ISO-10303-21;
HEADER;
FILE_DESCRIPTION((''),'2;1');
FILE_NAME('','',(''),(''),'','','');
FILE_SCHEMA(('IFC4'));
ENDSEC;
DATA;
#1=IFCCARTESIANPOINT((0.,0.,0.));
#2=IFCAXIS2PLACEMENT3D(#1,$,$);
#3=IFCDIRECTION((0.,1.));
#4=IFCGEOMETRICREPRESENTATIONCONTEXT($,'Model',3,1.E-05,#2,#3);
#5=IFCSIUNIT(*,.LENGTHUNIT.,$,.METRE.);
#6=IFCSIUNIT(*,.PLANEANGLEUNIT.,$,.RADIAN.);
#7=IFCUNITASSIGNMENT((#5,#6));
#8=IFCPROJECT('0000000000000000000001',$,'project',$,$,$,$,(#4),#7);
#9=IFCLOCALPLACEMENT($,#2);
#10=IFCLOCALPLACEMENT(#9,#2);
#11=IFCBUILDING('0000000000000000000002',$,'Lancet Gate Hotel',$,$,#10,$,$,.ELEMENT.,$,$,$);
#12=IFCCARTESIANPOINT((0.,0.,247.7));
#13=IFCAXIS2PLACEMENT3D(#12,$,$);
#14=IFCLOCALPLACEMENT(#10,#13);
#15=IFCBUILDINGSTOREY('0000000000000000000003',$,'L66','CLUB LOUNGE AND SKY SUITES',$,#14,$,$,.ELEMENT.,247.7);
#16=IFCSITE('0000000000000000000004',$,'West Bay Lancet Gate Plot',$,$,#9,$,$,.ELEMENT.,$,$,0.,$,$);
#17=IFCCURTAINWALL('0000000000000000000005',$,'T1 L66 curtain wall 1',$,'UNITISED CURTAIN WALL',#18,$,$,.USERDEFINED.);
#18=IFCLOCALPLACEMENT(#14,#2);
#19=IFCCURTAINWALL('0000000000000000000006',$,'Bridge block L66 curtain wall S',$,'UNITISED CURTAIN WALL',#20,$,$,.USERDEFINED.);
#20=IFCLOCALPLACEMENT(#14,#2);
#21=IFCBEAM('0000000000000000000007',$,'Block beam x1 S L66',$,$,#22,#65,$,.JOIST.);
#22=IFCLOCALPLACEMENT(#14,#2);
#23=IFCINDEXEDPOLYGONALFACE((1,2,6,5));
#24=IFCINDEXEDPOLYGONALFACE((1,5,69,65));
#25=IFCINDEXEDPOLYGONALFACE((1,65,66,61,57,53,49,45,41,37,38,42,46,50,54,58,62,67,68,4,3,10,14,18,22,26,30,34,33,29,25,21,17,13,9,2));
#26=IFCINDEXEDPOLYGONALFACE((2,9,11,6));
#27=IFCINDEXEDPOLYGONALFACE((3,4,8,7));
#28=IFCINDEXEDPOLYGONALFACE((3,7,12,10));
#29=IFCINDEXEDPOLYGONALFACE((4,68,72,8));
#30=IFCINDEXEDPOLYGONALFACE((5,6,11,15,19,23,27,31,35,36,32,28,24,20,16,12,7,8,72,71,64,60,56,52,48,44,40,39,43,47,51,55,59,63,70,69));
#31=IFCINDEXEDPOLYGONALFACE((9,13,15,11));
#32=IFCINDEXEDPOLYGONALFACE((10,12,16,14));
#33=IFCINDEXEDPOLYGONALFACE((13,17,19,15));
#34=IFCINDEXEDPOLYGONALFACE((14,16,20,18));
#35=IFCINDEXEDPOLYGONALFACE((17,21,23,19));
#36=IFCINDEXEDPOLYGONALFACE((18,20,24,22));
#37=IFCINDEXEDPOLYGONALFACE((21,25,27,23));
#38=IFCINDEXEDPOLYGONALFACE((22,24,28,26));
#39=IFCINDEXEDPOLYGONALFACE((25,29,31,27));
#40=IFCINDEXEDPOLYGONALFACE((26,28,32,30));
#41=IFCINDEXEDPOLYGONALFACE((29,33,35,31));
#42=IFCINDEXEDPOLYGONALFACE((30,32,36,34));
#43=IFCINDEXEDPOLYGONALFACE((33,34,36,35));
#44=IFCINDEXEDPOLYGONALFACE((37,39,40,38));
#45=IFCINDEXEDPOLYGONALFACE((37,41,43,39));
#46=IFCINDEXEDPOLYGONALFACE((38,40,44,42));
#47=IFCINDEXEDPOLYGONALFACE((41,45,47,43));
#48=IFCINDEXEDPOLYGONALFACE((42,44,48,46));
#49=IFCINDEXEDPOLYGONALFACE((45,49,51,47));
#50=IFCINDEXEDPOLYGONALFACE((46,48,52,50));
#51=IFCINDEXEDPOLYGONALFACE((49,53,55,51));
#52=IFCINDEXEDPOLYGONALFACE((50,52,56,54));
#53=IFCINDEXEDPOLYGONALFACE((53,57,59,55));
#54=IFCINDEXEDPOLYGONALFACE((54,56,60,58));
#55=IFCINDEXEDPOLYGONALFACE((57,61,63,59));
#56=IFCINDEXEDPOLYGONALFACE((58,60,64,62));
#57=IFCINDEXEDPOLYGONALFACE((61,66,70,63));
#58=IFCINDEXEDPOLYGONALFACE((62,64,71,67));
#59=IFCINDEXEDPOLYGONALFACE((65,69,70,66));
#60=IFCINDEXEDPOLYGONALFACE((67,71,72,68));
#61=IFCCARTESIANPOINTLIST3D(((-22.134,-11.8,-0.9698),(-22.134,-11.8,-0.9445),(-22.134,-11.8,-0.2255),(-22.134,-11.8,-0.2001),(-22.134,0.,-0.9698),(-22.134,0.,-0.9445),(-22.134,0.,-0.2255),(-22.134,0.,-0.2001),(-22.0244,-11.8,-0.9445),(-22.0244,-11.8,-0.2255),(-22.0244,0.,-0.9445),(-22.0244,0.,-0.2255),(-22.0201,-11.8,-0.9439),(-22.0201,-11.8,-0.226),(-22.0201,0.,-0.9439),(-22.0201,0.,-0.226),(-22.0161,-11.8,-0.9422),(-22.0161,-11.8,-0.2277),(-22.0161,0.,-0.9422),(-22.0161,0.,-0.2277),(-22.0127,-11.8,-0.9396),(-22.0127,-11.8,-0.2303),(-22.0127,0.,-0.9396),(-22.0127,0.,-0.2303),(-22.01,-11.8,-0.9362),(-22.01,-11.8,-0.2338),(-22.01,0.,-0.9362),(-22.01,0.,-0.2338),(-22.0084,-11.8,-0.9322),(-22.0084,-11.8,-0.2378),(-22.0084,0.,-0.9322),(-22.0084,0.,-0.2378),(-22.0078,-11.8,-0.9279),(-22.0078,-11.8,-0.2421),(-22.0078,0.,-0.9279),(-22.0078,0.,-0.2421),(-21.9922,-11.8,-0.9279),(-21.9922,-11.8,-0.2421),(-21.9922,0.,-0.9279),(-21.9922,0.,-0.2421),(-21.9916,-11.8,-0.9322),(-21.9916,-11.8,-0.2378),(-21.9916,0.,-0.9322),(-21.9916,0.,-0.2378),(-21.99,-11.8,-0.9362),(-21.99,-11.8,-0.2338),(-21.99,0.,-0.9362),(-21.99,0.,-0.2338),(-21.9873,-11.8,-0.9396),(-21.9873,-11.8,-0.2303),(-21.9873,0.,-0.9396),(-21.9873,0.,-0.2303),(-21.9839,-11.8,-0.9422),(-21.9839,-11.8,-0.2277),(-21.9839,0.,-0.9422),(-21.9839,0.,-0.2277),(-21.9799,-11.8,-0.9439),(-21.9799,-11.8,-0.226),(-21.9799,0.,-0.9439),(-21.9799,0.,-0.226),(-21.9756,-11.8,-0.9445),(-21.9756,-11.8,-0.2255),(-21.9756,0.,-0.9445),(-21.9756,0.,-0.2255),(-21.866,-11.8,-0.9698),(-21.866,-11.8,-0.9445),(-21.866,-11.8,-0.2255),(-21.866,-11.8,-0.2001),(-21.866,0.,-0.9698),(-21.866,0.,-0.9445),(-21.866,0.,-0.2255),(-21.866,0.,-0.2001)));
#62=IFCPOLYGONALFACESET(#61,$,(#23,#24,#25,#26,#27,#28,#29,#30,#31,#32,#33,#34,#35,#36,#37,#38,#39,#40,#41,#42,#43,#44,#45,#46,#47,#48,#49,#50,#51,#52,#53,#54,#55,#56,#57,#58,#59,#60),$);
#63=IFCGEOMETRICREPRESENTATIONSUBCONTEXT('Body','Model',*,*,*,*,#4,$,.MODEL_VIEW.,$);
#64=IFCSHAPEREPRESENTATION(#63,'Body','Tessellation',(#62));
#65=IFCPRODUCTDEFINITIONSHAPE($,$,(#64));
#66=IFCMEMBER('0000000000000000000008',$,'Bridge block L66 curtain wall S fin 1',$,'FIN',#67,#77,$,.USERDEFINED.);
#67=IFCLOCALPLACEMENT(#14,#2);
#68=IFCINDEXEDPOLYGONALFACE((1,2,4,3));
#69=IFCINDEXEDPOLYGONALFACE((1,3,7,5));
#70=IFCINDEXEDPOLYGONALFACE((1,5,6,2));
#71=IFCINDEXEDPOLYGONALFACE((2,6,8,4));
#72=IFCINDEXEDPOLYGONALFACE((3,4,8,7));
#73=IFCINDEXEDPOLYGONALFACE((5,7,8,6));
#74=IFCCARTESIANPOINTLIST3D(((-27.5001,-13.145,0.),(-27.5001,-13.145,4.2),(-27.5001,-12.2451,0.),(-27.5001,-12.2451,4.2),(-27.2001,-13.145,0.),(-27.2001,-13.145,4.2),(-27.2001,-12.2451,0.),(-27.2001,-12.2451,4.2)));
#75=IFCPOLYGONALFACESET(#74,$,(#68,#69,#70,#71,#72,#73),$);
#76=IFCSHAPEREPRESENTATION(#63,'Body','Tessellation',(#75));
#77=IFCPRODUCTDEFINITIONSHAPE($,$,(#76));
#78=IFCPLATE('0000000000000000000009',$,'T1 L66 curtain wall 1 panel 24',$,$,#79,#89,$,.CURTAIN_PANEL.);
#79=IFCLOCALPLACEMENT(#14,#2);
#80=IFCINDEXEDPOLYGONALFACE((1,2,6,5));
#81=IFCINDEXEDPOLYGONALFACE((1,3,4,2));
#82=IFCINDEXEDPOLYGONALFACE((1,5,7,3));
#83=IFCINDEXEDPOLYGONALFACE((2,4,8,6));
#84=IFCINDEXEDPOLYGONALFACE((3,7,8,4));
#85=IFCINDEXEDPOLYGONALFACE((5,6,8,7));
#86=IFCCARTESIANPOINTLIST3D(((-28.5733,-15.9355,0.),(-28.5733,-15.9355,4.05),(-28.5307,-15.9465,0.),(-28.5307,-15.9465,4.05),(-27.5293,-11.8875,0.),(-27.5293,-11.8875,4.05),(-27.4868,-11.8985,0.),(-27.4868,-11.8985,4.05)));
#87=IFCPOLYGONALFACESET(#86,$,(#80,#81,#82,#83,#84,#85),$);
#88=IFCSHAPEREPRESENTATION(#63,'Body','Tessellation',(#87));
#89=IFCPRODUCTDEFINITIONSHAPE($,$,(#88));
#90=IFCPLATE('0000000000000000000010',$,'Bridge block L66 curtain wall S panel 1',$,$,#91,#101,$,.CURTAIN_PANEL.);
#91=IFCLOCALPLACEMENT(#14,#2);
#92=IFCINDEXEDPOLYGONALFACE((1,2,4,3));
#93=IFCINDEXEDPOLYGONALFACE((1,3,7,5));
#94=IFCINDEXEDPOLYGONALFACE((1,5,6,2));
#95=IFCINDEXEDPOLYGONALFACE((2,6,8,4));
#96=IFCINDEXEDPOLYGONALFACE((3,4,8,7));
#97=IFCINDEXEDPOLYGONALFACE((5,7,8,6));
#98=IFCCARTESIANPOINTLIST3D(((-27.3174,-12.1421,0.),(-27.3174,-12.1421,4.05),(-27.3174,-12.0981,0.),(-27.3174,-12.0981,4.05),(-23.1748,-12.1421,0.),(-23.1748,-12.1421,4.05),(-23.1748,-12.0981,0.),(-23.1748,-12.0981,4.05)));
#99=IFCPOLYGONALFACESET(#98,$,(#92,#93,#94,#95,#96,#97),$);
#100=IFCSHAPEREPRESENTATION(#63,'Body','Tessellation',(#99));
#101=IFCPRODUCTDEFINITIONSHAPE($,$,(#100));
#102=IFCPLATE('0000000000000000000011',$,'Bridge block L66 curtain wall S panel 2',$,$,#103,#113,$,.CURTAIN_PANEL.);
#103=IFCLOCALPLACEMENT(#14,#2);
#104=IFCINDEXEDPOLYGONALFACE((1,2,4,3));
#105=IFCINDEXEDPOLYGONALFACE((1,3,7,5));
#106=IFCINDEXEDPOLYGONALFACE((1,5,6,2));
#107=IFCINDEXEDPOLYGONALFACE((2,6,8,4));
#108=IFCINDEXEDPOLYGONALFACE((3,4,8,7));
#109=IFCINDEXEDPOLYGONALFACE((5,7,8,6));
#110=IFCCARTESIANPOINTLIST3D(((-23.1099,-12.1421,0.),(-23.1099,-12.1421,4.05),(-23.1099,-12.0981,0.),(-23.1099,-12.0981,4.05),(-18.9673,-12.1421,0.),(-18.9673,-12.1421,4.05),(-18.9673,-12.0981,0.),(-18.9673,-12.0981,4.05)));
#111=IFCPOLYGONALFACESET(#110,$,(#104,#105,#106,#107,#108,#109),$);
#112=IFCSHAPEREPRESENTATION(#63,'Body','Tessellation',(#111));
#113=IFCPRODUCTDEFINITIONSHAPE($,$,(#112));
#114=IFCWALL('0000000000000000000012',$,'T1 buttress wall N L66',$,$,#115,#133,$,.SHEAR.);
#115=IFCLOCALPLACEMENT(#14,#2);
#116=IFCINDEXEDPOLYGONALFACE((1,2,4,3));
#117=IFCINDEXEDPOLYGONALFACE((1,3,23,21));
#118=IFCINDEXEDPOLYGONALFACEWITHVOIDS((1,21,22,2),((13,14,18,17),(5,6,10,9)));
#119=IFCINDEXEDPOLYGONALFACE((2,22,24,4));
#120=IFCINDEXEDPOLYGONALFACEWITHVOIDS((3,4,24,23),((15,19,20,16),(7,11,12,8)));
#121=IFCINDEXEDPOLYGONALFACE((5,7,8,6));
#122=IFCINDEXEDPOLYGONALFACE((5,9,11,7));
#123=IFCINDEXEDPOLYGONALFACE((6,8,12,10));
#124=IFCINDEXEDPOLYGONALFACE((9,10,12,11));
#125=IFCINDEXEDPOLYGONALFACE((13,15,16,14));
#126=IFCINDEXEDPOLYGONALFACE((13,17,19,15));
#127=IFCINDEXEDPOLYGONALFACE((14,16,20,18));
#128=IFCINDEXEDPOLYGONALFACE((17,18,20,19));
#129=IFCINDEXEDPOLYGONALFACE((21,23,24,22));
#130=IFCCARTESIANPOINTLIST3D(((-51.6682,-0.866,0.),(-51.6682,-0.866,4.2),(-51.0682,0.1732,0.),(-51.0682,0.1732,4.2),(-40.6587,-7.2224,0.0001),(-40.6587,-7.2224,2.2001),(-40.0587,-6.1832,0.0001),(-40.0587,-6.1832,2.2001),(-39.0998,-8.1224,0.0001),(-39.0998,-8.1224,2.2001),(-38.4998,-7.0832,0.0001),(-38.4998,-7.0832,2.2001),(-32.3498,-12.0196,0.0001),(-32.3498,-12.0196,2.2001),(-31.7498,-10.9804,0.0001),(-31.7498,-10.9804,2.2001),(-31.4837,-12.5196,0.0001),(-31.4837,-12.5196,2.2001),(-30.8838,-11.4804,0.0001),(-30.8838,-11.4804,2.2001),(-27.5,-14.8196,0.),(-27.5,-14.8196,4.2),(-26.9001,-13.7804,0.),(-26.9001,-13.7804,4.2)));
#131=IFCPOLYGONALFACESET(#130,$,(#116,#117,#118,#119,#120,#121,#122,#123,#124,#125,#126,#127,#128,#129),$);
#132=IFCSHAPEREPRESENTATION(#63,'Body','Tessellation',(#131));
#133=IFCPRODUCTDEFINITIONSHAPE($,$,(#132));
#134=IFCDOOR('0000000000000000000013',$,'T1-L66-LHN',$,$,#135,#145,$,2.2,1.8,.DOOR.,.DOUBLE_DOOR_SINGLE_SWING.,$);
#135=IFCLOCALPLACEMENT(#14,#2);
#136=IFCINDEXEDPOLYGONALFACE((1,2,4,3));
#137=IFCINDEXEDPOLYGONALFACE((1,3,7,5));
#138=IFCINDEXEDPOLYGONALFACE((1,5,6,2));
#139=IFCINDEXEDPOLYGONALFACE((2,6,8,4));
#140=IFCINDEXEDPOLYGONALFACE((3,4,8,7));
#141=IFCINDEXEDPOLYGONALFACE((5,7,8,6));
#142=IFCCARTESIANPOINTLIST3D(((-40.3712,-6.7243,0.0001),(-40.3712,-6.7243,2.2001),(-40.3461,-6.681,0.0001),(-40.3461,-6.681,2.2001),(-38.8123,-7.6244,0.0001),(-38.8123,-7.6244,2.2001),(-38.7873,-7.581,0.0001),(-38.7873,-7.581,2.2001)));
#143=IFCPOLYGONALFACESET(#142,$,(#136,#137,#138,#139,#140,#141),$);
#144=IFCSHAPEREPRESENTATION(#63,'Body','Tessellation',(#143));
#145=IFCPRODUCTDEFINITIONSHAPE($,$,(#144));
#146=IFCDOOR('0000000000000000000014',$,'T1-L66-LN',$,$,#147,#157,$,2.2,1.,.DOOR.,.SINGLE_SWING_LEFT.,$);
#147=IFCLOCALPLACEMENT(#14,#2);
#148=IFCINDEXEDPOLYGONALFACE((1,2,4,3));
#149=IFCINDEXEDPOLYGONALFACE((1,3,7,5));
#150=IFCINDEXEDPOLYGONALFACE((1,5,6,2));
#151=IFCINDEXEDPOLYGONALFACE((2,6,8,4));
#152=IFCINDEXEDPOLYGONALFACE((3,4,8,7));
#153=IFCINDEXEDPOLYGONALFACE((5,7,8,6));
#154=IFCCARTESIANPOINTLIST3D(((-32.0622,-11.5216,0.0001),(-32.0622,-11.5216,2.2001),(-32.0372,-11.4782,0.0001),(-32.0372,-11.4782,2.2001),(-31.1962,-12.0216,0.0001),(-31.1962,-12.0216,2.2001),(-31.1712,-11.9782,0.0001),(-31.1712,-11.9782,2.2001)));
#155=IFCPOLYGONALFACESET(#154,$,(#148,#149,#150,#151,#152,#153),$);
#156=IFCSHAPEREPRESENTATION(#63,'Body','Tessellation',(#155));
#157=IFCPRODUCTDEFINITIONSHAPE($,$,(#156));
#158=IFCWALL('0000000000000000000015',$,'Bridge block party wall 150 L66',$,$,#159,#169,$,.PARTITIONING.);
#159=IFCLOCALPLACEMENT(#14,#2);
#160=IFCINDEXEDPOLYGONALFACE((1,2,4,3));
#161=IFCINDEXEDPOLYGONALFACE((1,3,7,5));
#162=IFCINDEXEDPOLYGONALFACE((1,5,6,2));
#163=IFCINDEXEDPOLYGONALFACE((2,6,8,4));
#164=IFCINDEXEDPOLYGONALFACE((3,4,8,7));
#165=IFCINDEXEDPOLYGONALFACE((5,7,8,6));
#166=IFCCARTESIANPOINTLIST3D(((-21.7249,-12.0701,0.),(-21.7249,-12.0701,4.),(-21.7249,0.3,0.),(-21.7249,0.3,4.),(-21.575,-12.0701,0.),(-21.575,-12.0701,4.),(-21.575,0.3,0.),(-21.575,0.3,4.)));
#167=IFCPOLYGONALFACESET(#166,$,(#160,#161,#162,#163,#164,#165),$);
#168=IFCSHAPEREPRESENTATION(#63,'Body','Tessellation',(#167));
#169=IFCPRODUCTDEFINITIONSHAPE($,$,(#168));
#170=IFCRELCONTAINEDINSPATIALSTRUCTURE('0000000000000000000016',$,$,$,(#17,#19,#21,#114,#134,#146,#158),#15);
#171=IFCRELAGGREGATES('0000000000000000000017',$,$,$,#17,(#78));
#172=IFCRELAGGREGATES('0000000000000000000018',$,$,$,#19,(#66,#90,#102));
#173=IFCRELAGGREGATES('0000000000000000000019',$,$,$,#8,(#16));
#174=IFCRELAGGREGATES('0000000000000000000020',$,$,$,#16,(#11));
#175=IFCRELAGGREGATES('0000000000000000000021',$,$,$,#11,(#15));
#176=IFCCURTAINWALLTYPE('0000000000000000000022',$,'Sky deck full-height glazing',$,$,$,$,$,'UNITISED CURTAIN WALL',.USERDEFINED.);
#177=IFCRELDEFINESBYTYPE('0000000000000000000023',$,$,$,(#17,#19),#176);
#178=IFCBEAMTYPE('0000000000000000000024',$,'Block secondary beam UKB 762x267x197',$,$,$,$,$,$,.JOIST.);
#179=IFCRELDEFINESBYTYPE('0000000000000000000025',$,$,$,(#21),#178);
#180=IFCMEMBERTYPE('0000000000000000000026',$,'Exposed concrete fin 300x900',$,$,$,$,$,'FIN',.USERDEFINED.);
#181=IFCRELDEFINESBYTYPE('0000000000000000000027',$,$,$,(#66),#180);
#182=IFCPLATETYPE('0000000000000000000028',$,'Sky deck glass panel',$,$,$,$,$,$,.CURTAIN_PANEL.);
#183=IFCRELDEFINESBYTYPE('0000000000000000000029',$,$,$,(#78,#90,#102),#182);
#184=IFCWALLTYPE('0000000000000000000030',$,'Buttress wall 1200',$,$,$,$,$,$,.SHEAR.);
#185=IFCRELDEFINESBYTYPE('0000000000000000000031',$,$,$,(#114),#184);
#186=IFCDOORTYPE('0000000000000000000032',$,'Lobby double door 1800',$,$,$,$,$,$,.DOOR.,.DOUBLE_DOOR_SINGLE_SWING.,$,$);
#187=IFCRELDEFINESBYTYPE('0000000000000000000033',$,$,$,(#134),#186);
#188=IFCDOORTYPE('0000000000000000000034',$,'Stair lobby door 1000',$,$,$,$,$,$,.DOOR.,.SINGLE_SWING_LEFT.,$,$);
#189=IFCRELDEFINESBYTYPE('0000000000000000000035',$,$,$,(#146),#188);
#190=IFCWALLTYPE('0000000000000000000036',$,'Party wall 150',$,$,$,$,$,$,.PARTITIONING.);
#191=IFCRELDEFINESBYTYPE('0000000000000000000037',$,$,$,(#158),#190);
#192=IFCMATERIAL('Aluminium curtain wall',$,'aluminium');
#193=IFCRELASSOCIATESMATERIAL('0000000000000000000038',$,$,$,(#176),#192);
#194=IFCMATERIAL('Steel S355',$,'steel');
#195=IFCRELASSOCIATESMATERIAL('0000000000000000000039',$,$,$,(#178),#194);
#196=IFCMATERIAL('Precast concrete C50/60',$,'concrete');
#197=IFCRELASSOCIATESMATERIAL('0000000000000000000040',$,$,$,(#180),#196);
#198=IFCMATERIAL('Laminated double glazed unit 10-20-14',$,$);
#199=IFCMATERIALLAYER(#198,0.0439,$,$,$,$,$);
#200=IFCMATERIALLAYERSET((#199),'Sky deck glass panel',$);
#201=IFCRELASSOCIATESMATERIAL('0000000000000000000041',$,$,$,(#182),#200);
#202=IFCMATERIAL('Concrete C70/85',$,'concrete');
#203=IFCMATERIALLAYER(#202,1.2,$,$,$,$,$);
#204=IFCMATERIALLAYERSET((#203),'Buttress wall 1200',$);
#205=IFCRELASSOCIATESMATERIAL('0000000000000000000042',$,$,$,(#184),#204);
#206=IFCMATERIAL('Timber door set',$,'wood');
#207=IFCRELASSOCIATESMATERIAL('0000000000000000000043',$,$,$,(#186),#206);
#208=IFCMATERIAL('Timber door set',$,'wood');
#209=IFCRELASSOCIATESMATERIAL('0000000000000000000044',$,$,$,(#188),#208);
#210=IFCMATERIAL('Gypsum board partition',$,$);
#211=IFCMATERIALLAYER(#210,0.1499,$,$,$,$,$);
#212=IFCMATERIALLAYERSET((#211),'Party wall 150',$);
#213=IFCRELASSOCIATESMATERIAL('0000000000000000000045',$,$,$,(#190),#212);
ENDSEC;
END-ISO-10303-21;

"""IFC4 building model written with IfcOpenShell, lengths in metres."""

from ifc_helpers import new_model, si_unit, direction, frame, frame_2d, origin, origin_2d, place, context, subcontext, project, spatial, rectangle, i_section, extrude, material, layer, layer_set, material_profile, profile_set, type_object, element, fill, aggregate, save


model = new_model("IFC4")

# Units and contexts
model_context = context("Model", 3, precision=1e-05, world=origin(), true_north=direction((0.0, 1.0)))
body_context = subcontext(model_context, "Body", "Model", "MODEL_VIEW")
ifc_project = project(units=[si_unit("LENGTHUNIT", "METRE"), si_unit("PLANEANGLEUNIT", "RADIAN")], contexts=[model_context])

# Site, building, storey
site_placement = place(None, origin())
site = spatial("IfcSite", under=ifc_project, at=site_placement, Name="West Bay Lancet Gate Plot", CompositionType="ELEMENT", RefElevation=0.0)
building_placement = place(site_placement, origin())
building = spatial("IfcBuilding", under=site, at=building_placement, Name="Lancet Gate Hotel", CompositionType="ELEMENT")
storey_placement = place(building_placement, frame((0.0, 0.0, 247.7)))
storey = spatial("IfcBuildingStorey", under=building, at=storey_placement, Name="L66", Description="CLUB LOUNGE AND SKY SUITES", CompositionType="ELEMENT", Elevation=247.7)

# Curtain wall
ifc_material_1 = material(Name="Aluminium curtain wall", Category="aluminium")
curtain_wall_type = type_object("IfcCurtainWallType", Name="Sky deck full-height glazing", ElementType="UNITISED CURTAIN WALL", PredefinedType="USERDEFINED", material=ifc_material_1)
curtain_wall_1_placement = place(storey_placement, origin())
curtain_wall_1 = element("IfcCurtainWall", 1, at=curtain_wall_1_placement, inside=storey, type_object=curtain_wall_type, Name="T1 L66 curtain wall 1", ObjectType="UNITISED CURTAIN WALL", PredefinedType="USERDEFINED")

# Curtain wall
curtain_wall_2_placement = place(storey_placement, origin())
curtain_wall_2 = element("IfcCurtainWall", 2, at=curtain_wall_2_placement, inside=storey, type_object=curtain_wall_type, Name="Bridge block L66 curtain wall S", ObjectType="UNITISED CURTAIN WALL", PredefinedType="USERDEFINED")

# Beam
ifc_material_2 = material(Name="Steel S355", Category="steel")
ifc_material_profile_1 = material_profile(ifc_material_2, i_section(OverallWidth=0.2681, OverallDepth=0.7698, WebThickness=0.0156, FlangeThickness=0.0254, FilletRadius=0.0166, at=origin_2d()), Name="UKB 762x267x197")
ifc_profile_set_1 = profile_set([ifc_material_profile_1], Name="Steel S355")
beam_type_1 = type_object("IfcBeamType", Name="Block secondary beam UKB 762x267x197", PredefinedType="JOIST", material=ifc_profile_set_1)
beam_1_placement = place(storey_placement, frame((-22.0, -11.8, -0.585), z_axis=(0.0, 1.0, 0.0), x_axis=(-1.0, 0.0, 0.0)))
element("IfcBeam", 3, at=beam_1_placement, inside=storey, type_object=beam_type_1, Name="Block beam x1 S L66", PredefinedType="JOIST", context=body_context, shape_type="SweptSolid", body=[
    extrude(i_section(OverallWidth=0.2681, OverallDepth=0.7698, WebThickness=0.0156, FlangeThickness=0.0254, FilletRadius=0.0166, at=origin_2d()), origin(), (0.0, 0.0, 1.0), 11.8),
])

# Member
ifc_material_3 = material(Name="Precast concrete C50/60", Category="concrete")
ifc_material_profile_2 = material_profile(ifc_material_3, rectangle(XDim=0.3, YDim=0.8999, at=origin_2d()), Name="FIN 300x900")
ifc_profile_set_2 = profile_set([ifc_material_profile_2], Name="Precast concrete C50/60")
member_type_1 = type_object("IfcMemberType", Name="Exposed concrete fin 300x900", ElementType="FIN", PredefinedType="USERDEFINED", material=ifc_profile_set_2)
member_1_placement = place(storey_placement, frame((-27.3501, -12.6951, 0.0), z_axis=(0.0, 0.0, 1.0), x_axis=(1.0, 0.0, 0.0)))
member_1 = element("IfcMember", 4, at=member_1_placement, type_object=member_type_1, Name="Bridge block L66 curtain wall S fin 1", ObjectType="FIN", PredefinedType="USERDEFINED", context=body_context, shape_type="SweptSolid", body=[
    extrude(rectangle(XDim=0.3, YDim=0.8999, at=origin_2d()), origin(), (0.0, 0.0, 1.0), 4.2),
])

# Plates
ifc_material_4 = material(Name="Laminated double glazed unit 10-20-14")
ifc_layer_1 = layer(ifc_material_4, 0.0439)
ifc_layer_set_1 = layer_set([ifc_layer_1], Name="Sky deck glass panel")
plate_type = type_object("IfcPlateType", Name="Sky deck glass panel", PredefinedType="CURTAIN_PANEL", material=ifc_layer_set_1)
plate_1_placement = place(storey_placement, frame((-28.03, -13.917, 0.0), z_axis=(0.0, 0.0, 1.0), x_axis=(0.249726, 0.968317, 0.0)))
plate_1 = element("IfcPlate", 5, at=plate_1_placement, type_object=plate_type, Name="T1 L66 curtain wall 1 panel 24", PredefinedType="CURTAIN_PANEL", context=body_context, shape_type="SweptSolid", body=[
    extrude(rectangle(XDim=4.1804, YDim=0.0439, at=origin_2d()), origin(), (0.0, 0.0, 1.0), 4.05),
])
aggregate(curtain_wall_1, [plate_1])
plate_2_placement = place(storey_placement, frame((-25.2461, -12.1201, 0.0), z_axis=(0.0, 0.0, 1.0), x_axis=(1.0, 0.0, 0.0)))
plate_2 = element("IfcPlate", 6, at=plate_2_placement, type_object=plate_type, Name="Bridge block L66 curtain wall S panel 1", PredefinedType="CURTAIN_PANEL", context=body_context, shape_type="SweptSolid", body=[
    extrude(rectangle(XDim=4.1426, YDim=0.0439, at=origin_2d()), origin(), (0.0, 0.0, 1.0), 4.05),
])
plate_3_placement = place(storey_placement, frame((-21.0386, -12.1201, 0.0), z_axis=(0.0, 0.0, 1.0), x_axis=(1.0, 0.0, 0.0)))
plate_3 = element("IfcPlate", 7, at=plate_3_placement, type_object=plate_type, Name="Bridge block L66 curtain wall S panel 2", PredefinedType="CURTAIN_PANEL", context=body_context, shape_type="SweptSolid", body=[
    extrude(rectangle(XDim=4.1426, YDim=0.0439, at=origin_2d()), origin(), (0.0, 0.0, 1.0), 4.05),
])
aggregate(curtain_wall_2, [member_1, plate_2, plate_3])

# Wall, openings, doors
ifc_material_5 = material(Name="Concrete C70/85", Category="concrete")
ifc_layer_2 = layer(ifc_material_5, 1.2)
ifc_layer_set_2 = layer_set([ifc_layer_2], Name="Buttress wall 1200")
wall_type_1 = type_object("IfcWallType", Name="Buttress wall 1200", PredefinedType="SHEAR", material=ifc_layer_set_2)
wall_1_placement = place(storey_placement, frame((-27.2, -14.3, 0.0), z_axis=(0.0, 0.0, 1.0), x_axis=(-0.866024, 0.500002, 0.0)))
wall_1 = element("IfcWall", 8, at=wall_1_placement, inside=storey, type_object=wall_type_1, Name="T1 buttress wall N L66", PredefinedType="SHEAR", context=body_context, shape_type="SweptSolid", body=[
    extrude(rectangle(XDim=27.907, YDim=1.2, at=frame_2d((13.9536, 0.0))), origin(), (0.0, 0.0, 1.0), 4.2),
])
opening_1_placement = place(wall_1_placement, frame((4.6001, 0.0, 0.0)))
opening_1 = element("IfcOpeningElement", 9, at=opening_1_placement, cuts=wall_1, PredefinedType="OPENING", context=body_context, shape_type="SweptSolid", body=[
    extrude(rectangle(XDim=1.0, YDim=2.2, at=frame_2d((0.5, 1.1001))), frame((0.0, 0.6099, 0.0), z_axis=(0.0, -1.0, 0.0), x_axis=(1.0, 0.0, 0.0)), (0.0, 0.0, 1.0), 1.22),
])
opening_2_placement = place(wall_1_placement, frame((13.3945, 0.0, 0.0)))
opening_2 = element("IfcOpeningElement", 10, at=opening_2_placement, cuts=wall_1, PredefinedType="OPENING", context=body_context, shape_type="SweptSolid", body=[
    extrude(rectangle(XDim=1.8, YDim=2.2, at=frame_2d((0.8999, 1.1001))), frame((0.0, 0.6099, 0.0), z_axis=(0.0, -1.0, 0.0), x_axis=(1.0, 0.0, 0.0)), (0.0, 0.0, 1.0), 1.22),
])
ifc_material_6 = material(Name="Timber door set", Category="wood")
door_type_1 = type_object("IfcDoorType", Name="Lobby double door 1800", OperationType="DOUBLE_DOOR_SINGLE_SWING", PredefinedType="DOOR", material=ifc_material_6)
door_1_placement = place(opening_2_placement, origin())
door_1 = element("IfcDoor", 11, at=door_1_placement, inside=storey, type_object=door_type_1, Name="T1-L66-LHN", OperationType="DOUBLE_DOOR_SINGLE_SWING", OverallHeight=2.2, OverallWidth=1.8, PredefinedType="DOOR", context=body_context, shape_type="SweptSolid", body=[
    extrude(rectangle(XDim=1.8, YDim=2.2, at=frame_2d((0.8999, 1.1001))), frame((0.0, 0.0249, 0.0), z_axis=(0.0, -1.0, 0.0), x_axis=(1.0, 0.0, 0.0)), (0.0, 0.0, 1.0), 0.05),
])
fill(opening_2, door_1)
ifc_material_7 = material(Name="Timber door set", Category="wood")
door_type_2 = type_object("IfcDoorType", Name="Stair lobby door 1000", OperationType="SINGLE_SWING_LEFT", PredefinedType="DOOR", material=ifc_material_7)
door_2_placement = place(opening_1_placement, origin())
door_2 = element("IfcDoor", 12, at=door_2_placement, inside=storey, type_object=door_type_2, Name="T1-L66-LN", OperationType="SINGLE_SWING_LEFT", OverallHeight=2.2, OverallWidth=1.0, PredefinedType="DOOR", context=body_context, shape_type="SweptSolid", body=[
    extrude(rectangle(XDim=1.0, YDim=2.2, at=frame_2d((0.5, 1.1001))), frame((0.0, 0.0249, 0.0), z_axis=(0.0, -1.0, 0.0), x_axis=(1.0, 0.0, 0.0)), (0.0, 0.0, 1.0), 0.05),
])
fill(opening_1, door_2)

# Wall
ifc_material_8 = material(Name="Gypsum board partition")
ifc_layer_3 = layer(ifc_material_8, 0.1499)
ifc_layer_set_3 = layer_set([ifc_layer_3], Name="Party wall 150")
wall_type_2 = type_object("IfcWallType", Name="Party wall 150", PredefinedType="PARTITIONING", material=ifc_layer_set_3)
wall_2_placement = place(storey_placement, frame((-21.6499, -12.0701, 0.0), z_axis=(0.0, 0.0, 1.0), x_axis=(0.0, 1.0, 0.0)))
element("IfcWall", 13, at=wall_2_placement, inside=storey, type_object=wall_type_2, Name="Bridge block party wall 150 L66", PredefinedType="PARTITIONING", context=body_context, shape_type="SweptSolid", body=[
    extrude(rectangle(XDim=12.3701, YDim=0.1499, at=frame_2d((6.1851, 0.0))), origin(), (0.0, 0.0, 1.0), 4.0),
])

save(model, "model.ifc")
